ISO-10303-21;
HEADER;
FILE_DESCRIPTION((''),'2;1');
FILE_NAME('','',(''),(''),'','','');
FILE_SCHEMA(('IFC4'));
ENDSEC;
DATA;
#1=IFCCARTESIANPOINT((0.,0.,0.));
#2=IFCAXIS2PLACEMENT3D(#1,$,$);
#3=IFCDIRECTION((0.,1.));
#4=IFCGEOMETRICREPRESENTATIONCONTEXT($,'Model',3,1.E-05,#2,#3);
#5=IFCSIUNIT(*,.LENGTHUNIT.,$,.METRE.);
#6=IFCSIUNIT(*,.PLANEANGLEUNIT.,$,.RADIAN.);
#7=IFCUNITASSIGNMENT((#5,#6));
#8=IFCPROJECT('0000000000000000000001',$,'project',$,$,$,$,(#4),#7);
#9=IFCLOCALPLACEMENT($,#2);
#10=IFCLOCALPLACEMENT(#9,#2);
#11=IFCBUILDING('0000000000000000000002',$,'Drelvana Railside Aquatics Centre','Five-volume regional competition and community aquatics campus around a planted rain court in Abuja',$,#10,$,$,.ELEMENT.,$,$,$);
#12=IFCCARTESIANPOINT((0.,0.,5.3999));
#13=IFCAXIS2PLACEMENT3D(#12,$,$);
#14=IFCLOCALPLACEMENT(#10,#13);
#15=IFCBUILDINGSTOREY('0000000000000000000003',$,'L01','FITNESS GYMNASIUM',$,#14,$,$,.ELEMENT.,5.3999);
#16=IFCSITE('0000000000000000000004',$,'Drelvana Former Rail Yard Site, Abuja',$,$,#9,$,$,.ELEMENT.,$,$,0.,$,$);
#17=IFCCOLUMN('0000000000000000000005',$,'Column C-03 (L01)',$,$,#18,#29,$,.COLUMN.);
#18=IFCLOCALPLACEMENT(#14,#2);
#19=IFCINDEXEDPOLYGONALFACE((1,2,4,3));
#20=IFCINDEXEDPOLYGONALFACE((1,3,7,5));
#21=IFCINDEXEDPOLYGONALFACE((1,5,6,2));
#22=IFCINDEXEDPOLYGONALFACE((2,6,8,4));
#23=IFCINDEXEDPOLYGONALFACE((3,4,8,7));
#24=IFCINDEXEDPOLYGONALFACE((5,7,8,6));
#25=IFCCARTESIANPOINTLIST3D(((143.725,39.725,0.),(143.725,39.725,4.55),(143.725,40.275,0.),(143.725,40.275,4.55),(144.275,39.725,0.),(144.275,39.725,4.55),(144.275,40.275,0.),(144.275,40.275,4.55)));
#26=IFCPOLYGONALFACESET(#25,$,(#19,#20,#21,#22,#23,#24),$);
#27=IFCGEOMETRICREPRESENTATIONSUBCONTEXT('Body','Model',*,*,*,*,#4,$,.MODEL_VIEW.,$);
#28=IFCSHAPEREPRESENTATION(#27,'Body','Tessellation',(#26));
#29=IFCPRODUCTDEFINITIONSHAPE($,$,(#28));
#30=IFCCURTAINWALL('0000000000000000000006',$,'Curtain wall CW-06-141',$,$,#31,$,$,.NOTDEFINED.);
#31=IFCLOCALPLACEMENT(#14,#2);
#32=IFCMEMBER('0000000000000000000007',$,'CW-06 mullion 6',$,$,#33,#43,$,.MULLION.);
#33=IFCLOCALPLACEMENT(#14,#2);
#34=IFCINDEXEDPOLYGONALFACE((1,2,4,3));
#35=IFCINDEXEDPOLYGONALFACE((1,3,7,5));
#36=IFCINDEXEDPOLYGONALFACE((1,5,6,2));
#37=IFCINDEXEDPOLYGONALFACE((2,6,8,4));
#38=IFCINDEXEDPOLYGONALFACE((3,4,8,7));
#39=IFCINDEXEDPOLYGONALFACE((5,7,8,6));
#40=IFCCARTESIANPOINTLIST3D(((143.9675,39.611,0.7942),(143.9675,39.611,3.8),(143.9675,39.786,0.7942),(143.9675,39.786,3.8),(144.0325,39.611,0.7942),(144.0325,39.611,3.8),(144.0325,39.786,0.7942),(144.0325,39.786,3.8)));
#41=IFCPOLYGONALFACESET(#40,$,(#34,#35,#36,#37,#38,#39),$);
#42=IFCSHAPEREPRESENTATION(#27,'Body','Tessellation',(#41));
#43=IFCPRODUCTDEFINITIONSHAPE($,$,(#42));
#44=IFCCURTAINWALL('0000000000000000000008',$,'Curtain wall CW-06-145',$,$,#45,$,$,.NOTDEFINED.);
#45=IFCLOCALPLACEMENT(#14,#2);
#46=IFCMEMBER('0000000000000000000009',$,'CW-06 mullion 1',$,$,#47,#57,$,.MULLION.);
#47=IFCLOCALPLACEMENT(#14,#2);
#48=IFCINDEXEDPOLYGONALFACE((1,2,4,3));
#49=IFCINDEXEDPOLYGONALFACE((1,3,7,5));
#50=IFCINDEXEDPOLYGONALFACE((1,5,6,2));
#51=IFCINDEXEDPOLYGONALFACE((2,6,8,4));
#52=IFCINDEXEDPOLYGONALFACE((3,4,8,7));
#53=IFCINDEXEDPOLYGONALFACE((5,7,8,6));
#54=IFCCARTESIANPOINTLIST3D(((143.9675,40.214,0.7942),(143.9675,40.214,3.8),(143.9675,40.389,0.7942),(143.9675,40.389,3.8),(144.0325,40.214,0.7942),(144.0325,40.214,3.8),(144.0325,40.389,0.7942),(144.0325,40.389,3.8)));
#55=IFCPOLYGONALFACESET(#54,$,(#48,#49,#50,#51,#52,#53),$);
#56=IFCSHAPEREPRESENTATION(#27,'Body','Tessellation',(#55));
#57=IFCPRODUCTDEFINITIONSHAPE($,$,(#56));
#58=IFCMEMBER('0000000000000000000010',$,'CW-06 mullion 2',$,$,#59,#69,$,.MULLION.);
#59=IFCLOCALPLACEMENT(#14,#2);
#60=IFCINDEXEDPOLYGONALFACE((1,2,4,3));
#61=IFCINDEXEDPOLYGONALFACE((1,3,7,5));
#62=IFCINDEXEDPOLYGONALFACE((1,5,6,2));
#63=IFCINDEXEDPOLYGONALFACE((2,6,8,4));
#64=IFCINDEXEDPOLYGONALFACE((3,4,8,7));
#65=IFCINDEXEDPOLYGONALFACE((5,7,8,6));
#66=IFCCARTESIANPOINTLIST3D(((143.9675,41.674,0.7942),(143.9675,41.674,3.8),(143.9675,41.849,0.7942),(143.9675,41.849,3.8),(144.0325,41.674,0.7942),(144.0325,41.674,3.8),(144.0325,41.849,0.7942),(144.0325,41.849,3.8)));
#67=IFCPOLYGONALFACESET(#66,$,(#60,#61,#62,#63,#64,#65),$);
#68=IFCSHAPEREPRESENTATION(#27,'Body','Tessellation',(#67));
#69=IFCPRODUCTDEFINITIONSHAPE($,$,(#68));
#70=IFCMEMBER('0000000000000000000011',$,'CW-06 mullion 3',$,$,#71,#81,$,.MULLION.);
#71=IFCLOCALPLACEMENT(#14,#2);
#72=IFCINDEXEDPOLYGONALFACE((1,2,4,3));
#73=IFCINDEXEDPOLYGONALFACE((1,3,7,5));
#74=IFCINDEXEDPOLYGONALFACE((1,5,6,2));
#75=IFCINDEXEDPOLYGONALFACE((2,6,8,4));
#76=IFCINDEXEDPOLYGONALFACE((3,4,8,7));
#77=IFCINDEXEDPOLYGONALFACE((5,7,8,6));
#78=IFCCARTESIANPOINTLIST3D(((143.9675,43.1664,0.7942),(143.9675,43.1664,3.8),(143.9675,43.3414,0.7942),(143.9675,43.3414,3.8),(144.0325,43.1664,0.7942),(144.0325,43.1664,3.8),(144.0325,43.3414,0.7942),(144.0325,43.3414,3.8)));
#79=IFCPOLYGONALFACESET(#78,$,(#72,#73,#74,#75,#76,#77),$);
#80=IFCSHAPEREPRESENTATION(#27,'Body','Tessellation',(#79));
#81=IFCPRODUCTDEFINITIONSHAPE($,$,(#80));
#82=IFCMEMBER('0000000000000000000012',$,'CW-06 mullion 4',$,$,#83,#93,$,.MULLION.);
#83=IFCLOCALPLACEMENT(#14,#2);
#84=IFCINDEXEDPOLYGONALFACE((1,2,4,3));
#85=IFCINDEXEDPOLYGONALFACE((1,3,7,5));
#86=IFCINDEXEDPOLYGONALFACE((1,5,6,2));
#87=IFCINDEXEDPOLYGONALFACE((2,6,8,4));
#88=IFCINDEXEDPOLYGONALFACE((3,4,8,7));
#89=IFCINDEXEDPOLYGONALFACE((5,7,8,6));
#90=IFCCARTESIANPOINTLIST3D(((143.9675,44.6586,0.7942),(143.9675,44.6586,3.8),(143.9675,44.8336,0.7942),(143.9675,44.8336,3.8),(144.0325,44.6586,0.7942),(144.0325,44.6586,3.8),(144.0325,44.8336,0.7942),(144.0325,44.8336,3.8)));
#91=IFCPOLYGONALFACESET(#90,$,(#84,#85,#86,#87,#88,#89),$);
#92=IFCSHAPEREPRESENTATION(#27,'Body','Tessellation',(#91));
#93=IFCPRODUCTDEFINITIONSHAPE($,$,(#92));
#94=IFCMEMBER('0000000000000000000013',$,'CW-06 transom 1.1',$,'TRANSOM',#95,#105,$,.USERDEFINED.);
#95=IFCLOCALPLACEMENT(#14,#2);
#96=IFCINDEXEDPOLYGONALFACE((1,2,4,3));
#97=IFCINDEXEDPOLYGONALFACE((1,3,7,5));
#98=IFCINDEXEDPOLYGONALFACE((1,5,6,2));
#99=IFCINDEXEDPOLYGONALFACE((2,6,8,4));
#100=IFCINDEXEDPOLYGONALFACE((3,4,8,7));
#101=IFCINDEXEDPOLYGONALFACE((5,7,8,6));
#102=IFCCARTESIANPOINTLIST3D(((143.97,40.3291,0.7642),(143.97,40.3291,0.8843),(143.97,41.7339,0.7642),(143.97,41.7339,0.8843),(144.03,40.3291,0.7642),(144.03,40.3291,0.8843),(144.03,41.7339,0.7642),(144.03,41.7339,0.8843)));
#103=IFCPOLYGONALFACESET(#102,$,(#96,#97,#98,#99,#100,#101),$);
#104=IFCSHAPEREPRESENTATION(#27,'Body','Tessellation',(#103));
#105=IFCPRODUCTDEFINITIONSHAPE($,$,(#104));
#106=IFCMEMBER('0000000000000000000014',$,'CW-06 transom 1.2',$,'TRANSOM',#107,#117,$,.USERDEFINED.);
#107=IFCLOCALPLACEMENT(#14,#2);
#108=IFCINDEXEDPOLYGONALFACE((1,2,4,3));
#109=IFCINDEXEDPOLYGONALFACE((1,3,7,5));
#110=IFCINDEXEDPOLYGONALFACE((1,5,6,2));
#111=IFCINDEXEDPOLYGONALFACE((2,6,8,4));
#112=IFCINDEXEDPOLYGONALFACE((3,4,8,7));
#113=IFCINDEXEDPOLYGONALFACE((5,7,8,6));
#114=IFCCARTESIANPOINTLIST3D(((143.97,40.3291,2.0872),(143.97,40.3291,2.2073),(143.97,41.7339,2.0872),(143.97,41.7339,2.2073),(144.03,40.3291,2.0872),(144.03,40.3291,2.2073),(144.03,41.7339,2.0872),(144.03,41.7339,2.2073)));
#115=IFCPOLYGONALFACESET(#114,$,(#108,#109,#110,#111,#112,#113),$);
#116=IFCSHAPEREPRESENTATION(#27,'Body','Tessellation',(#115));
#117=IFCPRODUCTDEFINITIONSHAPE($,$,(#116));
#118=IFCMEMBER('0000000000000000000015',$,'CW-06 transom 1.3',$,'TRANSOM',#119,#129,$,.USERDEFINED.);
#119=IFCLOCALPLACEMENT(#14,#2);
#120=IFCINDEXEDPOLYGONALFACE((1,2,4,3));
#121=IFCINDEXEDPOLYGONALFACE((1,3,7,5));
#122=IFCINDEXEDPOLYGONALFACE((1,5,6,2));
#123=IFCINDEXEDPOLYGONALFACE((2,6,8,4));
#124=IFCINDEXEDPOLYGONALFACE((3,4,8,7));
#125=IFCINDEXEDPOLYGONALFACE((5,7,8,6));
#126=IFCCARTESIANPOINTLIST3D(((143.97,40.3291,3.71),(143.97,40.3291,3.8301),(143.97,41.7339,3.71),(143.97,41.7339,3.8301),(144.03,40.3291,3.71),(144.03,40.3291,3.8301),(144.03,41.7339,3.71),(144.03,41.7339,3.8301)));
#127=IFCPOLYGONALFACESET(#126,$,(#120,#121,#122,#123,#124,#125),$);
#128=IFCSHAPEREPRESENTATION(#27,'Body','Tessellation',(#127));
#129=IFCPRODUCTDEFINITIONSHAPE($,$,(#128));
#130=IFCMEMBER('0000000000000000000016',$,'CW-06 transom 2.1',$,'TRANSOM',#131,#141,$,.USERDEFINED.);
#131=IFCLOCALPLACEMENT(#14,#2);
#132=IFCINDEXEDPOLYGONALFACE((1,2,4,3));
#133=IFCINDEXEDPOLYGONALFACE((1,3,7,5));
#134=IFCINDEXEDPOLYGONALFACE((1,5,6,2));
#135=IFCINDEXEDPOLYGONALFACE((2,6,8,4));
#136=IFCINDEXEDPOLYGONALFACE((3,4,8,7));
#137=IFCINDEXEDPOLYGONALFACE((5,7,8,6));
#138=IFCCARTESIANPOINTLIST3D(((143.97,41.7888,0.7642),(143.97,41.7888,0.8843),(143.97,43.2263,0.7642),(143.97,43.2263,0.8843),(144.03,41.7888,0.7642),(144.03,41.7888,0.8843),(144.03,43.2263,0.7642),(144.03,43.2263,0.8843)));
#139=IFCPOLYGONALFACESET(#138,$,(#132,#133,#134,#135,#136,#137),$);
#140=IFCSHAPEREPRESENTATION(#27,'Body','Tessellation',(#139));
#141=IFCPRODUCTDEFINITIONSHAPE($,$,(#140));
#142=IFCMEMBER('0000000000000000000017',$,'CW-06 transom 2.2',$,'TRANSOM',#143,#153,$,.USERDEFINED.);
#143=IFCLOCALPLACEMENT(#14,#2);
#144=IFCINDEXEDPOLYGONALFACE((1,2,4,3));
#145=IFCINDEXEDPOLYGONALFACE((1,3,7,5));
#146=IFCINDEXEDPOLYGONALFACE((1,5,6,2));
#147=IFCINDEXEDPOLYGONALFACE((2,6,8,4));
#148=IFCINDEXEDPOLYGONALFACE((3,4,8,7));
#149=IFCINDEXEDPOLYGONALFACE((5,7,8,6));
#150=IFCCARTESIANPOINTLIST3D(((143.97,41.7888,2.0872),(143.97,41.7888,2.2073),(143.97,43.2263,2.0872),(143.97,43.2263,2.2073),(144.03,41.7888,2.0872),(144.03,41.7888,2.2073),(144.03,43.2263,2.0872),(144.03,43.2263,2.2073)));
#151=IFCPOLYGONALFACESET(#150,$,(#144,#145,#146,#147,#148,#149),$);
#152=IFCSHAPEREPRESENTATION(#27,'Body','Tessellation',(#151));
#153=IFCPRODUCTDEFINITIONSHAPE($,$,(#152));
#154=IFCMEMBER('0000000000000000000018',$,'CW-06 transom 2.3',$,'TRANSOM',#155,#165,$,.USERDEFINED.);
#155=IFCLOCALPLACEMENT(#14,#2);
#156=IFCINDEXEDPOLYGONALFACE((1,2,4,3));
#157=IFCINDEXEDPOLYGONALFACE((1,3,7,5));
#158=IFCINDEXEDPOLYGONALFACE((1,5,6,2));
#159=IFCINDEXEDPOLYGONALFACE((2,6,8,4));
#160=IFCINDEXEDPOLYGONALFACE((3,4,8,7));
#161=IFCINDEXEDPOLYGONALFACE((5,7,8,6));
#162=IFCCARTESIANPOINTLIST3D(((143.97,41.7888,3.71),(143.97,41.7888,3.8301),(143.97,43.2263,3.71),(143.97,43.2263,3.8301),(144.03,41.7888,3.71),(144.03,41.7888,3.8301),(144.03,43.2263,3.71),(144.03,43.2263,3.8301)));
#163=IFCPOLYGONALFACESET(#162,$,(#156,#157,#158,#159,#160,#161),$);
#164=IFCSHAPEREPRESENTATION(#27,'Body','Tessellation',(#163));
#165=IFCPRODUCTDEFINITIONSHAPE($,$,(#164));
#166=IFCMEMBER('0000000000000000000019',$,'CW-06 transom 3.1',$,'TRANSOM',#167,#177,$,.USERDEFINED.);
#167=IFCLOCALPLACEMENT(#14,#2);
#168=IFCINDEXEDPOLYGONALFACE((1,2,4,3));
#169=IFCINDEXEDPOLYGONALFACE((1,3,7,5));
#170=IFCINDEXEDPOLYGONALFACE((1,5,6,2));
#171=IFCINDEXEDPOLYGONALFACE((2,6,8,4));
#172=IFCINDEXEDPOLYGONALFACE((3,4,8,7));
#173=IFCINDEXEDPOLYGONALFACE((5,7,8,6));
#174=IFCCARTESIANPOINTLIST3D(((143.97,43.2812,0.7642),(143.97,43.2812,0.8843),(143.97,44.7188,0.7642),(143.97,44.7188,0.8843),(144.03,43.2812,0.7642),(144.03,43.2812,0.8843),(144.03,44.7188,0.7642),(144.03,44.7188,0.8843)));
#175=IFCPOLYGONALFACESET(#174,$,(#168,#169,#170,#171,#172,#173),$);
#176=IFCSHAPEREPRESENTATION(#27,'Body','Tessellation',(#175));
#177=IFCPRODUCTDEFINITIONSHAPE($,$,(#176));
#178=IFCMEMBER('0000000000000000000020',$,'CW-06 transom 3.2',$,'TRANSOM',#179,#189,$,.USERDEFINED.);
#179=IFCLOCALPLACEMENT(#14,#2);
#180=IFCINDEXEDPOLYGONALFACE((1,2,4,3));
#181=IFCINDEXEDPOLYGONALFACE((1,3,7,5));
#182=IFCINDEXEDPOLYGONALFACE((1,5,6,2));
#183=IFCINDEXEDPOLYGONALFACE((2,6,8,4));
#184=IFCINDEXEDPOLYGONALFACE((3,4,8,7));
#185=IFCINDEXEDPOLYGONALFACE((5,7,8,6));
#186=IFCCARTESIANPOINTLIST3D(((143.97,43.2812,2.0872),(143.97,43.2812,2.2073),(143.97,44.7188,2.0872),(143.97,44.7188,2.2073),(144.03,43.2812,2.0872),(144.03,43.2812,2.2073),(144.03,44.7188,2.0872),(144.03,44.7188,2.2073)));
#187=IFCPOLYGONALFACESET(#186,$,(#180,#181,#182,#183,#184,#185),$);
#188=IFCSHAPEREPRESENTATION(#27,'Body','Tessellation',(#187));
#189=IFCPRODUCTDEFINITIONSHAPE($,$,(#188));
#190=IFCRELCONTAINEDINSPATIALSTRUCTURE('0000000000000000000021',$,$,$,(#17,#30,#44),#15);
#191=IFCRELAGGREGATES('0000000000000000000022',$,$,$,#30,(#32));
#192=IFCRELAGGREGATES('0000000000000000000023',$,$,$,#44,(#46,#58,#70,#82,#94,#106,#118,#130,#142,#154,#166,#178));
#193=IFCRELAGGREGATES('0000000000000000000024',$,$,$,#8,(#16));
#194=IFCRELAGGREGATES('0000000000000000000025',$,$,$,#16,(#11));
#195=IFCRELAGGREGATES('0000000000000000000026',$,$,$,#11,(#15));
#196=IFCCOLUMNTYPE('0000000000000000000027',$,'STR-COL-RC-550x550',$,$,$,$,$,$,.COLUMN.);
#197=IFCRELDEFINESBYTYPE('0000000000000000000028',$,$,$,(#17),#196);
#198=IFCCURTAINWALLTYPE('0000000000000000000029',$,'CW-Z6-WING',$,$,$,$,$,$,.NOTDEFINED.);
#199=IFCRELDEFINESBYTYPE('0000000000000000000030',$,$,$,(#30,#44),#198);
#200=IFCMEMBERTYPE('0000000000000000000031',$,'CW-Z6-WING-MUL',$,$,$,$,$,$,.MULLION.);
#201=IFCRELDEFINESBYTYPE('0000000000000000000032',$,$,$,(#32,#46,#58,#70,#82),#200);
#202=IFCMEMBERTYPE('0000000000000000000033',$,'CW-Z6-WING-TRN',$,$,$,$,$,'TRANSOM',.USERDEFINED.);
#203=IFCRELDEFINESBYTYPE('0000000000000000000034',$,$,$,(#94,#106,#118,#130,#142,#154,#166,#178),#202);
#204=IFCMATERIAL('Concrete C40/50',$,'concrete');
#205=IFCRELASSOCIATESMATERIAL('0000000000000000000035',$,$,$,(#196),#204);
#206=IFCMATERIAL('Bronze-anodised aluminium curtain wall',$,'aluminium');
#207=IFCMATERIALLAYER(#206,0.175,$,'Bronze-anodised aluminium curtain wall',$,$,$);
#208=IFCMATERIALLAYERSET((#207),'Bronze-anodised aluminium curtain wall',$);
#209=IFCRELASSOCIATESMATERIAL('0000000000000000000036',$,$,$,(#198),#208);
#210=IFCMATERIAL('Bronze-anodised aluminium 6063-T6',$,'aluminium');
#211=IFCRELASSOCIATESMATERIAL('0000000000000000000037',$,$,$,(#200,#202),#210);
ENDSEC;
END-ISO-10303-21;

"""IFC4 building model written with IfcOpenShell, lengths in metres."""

from ifc_helpers import new_model, si_unit, direction, frame, origin, origin_2d, place, context, subcontext, project, spatial, rectangle, extrude, material, layer, layer_set, material_profile, profile_set, type_object, element, aggregate, save


model = new_model("IFC4")

# Units and contexts
model_context = context("Model", 3, precision=1e-05, world=origin(), true_north=direction((0.0, 1.0)))
body_context = subcontext(model_context, "Body", "Model", "MODEL_VIEW")
ifc_project = project(units=[si_unit("LENGTHUNIT", "METRE"), si_unit("PLANEANGLEUNIT", "RADIAN")], contexts=[model_context])

# Site, building, storey
site_placement = place(None, origin())
site = spatial("IfcSite", under=ifc_project, at=site_placement, Name="Drelvana Former Rail Yard Site, Abuja", CompositionType="ELEMENT", RefElevation=0.0)
building_placement = place(site_placement, origin())
building = spatial("IfcBuilding", under=site, at=building_placement, Name="Drelvana Railside Aquatics Centre", Description="Five-volume regional competition and community aquatics campus around a planted rain court in Abuja", CompositionType="ELEMENT")
storey_placement = place(building_placement, frame((0.0, 0.0, 5.3999)))
storey = spatial("IfcBuildingStorey", under=building, at=storey_placement, Name="L01", Description="FITNESS GYMNASIUM", CompositionType="ELEMENT", Elevation=5.3999)

# Column
ifc_material_1 = material(Name="Concrete C40/50", Category="concrete")
ifc_material_profile_1 = material_profile(ifc_material_1, rectangle(XDim=0.55, YDim=0.55, at=origin_2d()), Name="RC 550x550")
ifc_profile_set_1 = profile_set([ifc_material_profile_1], Name="Concrete C40/50")
column_type = type_object("IfcColumnType", Name="STR-COL-RC-550x550", PredefinedType="COLUMN", material=ifc_profile_set_1)
column_placement = place(storey_placement, frame((144.0, 40.0, 0.0), z_axis=(0.0, 0.0, 1.0), x_axis=(1.0, 0.0, 0.0)))
element("IfcColumn", 1, at=column_placement, inside=storey, type_object=column_type, Name="Column C-03 (L01)", PredefinedType="COLUMN", context=body_context, shape_type="SweptSolid", body=[
    extrude(rectangle(XDim=0.55, YDim=0.55, at=origin_2d()), origin(), (0.0, 0.0, 1.0), 4.55),
])

# Curtain wall, member
ifc_material_2 = material(Name="Bronze-anodised aluminium curtain wall", Category="aluminium")
ifc_layer_1 = layer(ifc_material_2, 0.175, Name="Bronze-anodised aluminium curtain wall")
ifc_layer_set_1 = layer_set([ifc_layer_1], Name="Bronze-anodised aluminium curtain wall")
curtain_wall_type = type_object("IfcCurtainWallType", Name="CW-Z6-WING", PredefinedType="NOTDEFINED", material=ifc_layer_set_1)
curtain_wall_1_placement = place(storey_placement, origin())
curtain_wall_1 = element("IfcCurtainWall", 2, at=curtain_wall_1_placement, inside=storey, type_object=curtain_wall_type, Name="Curtain wall CW-06-141", PredefinedType="NOTDEFINED")
ifc_material_3 = material(Name="Bronze-anodised aluminium 6063-T6", Category="aluminium")
ifc_material_profile_2 = material_profile(ifc_material_3, rectangle(XDim=0.0649, YDim=0.175, at=origin_2d()), Name="ALU-M 65x175")
ifc_profile_set_2 = profile_set([ifc_material_profile_2], Name="Bronze-anodised aluminium 6063-T6")
member_type_1 = type_object("IfcMemberType", Name="CW-Z6-WING-MUL", PredefinedType="MULLION", material=ifc_profile_set_2)
member_1_placement = place(storey_placement, frame((144.0, 39.6985, 0.7942), z_axis=(0.0, 0.0, 1.0), x_axis=(-1.0, 0.0, 0.0)))
member_1 = element("IfcMember", 3, at=member_1_placement, type_object=member_type_1, Name="CW-06 mullion 6", PredefinedType="MULLION", context=body_context, shape_type="SweptSolid", body=[
    extrude(rectangle(XDim=0.0649, YDim=0.175, at=origin_2d()), origin(), (0.0, 0.0, 1.0), 3.0059),
])
aggregate(curtain_wall_1, [member_1])

# Curtain wall, members
curtain_wall_2_placement = place(storey_placement, origin())
curtain_wall_2 = element("IfcCurtainWall", 4, at=curtain_wall_2_placement, inside=storey, type_object=curtain_wall_type, Name="Curtain wall CW-06-145", PredefinedType="NOTDEFINED")
member_2_placement = place(storey_placement, frame((144.0, 40.3015, 0.7942), z_axis=(0.0, 0.0, 1.0), x_axis=(-1.0, 0.0, 0.0)))
member_2 = element("IfcMember", 5, at=member_2_placement, type_object=member_type_1, Name="CW-06 mullion 1", PredefinedType="MULLION", context=body_context, shape_type="SweptSolid", body=[
    extrude(rectangle(XDim=0.0649, YDim=0.175, at=origin_2d()), origin(), (0.0, 0.0, 1.0), 3.0059),
])
member_3_placement = place(storey_placement, frame((144.0, 41.7615, 0.7942), z_axis=(0.0, 0.0, 1.0), x_axis=(-1.0, 0.0, 0.0)))
member_3 = element("IfcMember", 6, at=member_3_placement, type_object=member_type_1, Name="CW-06 mullion 2", PredefinedType="MULLION", context=body_context, shape_type="SweptSolid", body=[
    extrude(rectangle(XDim=0.0649, YDim=0.175, at=origin_2d()), origin(), (0.0, 0.0, 1.0), 3.0059),
])
member_4_placement = place(storey_placement, frame((144.0, 43.2539, 0.7942), z_axis=(0.0, 0.0, 1.0), x_axis=(-1.0, 0.0, 0.0)))
member_4 = element("IfcMember", 7, at=member_4_placement, type_object=member_type_1, Name="CW-06 mullion 3", PredefinedType="MULLION", context=body_context, shape_type="SweptSolid", body=[
    extrude(rectangle(XDim=0.0649, YDim=0.175, at=origin_2d()), origin(), (0.0, 0.0, 1.0), 3.0059),
])
member_5_placement = place(storey_placement, frame((144.0, 44.7461, 0.7942), z_axis=(0.0, 0.0, 1.0), x_axis=(-1.0, 0.0, 0.0)))
member_5 = element("IfcMember", 8, at=member_5_placement, type_object=member_type_1, Name="CW-06 mullion 4", PredefinedType="MULLION", context=body_context, shape_type="SweptSolid", body=[
    extrude(rectangle(XDim=0.0649, YDim=0.175, at=origin_2d()), origin(), (0.0, 0.0, 1.0), 3.0059),
])
ifc_material_profile_3 = material_profile(ifc_material_3, rectangle(XDim=0.1201, YDim=0.0601, at=origin_2d()), Name="ALU-T 60x120")
ifc_profile_set_3 = profile_set([ifc_material_profile_3], Name="Bronze-anodised aluminium 6063-T6")
member_type_2 = type_object("IfcMemberType", Name="CW-Z6-WING-TRN", ElementType="TRANSOM", PredefinedType="USERDEFINED", material=ifc_profile_set_3)
member_6_placement = place(storey_placement, frame((144.0, 40.3291, 0.8242), z_axis=(0.0, 1.0, 0.0), x_axis=(0.0, 0.0, 1.0)))
member_6 = element("IfcMember", 9, at=member_6_placement, type_object=member_type_2, Name="CW-06 transom 1.1", ObjectType="TRANSOM", PredefinedType="USERDEFINED", context=body_context, shape_type="SweptSolid", body=[
    extrude(rectangle(XDim=0.1201, YDim=0.0601, at=origin_2d()), origin(), (0.0, 0.0, 1.0), 1.4048),
])
member_7_placement = place(storey_placement, frame((144.0, 40.3291, 2.1472), z_axis=(0.0, 1.0, 0.0), x_axis=(0.0, 0.0, 1.0)))
member_7 = element("IfcMember", 10, at=member_7_placement, type_object=member_type_2, Name="CW-06 transom 1.2", ObjectType="TRANSOM", PredefinedType="USERDEFINED", context=body_context, shape_type="SweptSolid", body=[
    extrude(rectangle(XDim=0.1201, YDim=0.0601, at=origin_2d()), origin(), (0.0, 0.0, 1.0), 1.4048),
])
member_8_placement = place(storey_placement, frame((144.0, 40.3291, 3.77), z_axis=(0.0, 1.0, 0.0), x_axis=(0.0, 0.0, 1.0)))
member_8 = element("IfcMember", 11, at=member_8_placement, type_object=member_type_2, Name="CW-06 transom 1.3", ObjectType="TRANSOM", PredefinedType="USERDEFINED", context=body_context, shape_type="SweptSolid", body=[
    extrude(rectangle(XDim=0.1201, YDim=0.0601, at=origin_2d()), origin(), (0.0, 0.0, 1.0), 1.4048),
])
member_9_placement = place(storey_placement, frame((144.0, 41.7888, 0.8242), z_axis=(0.0, 1.0, 0.0), x_axis=(0.0, 0.0, 1.0)))
member_9 = element("IfcMember", 12, at=member_9_placement, type_object=member_type_2, Name="CW-06 transom 2.1", ObjectType="TRANSOM", PredefinedType="USERDEFINED", context=body_context, shape_type="SweptSolid", body=[
    extrude(rectangle(XDim=0.1201, YDim=0.0601, at=origin_2d()), origin(), (0.0, 0.0, 1.0), 1.4375),
])
member_10_placement = place(storey_placement, frame((144.0, 41.7888, 2.1472), z_axis=(0.0, 1.0, 0.0), x_axis=(0.0, 0.0, 1.0)))
member_10 = element("IfcMember", 13, at=member_10_placement, type_object=member_type_2, Name="CW-06 transom 2.2", ObjectType="TRANSOM", PredefinedType="USERDEFINED", context=body_context, shape_type="SweptSolid", body=[
    extrude(rectangle(XDim=0.1201, YDim=0.0601, at=origin_2d()), origin(), (0.0, 0.0, 1.0), 1.4375),
])
member_11_placement = place(storey_placement, frame((144.0, 41.7888, 3.77), z_axis=(0.0, 1.0, 0.0), x_axis=(0.0, 0.0, 1.0)))
member_11 = element("IfcMember", 14, at=member_11_placement, type_object=member_type_2, Name="CW-06 transom 2.3", ObjectType="TRANSOM", PredefinedType="USERDEFINED", context=body_context, shape_type="SweptSolid", body=[
    extrude(rectangle(XDim=0.1201, YDim=0.0601, at=origin_2d()), origin(), (0.0, 0.0, 1.0), 1.4375),
])
member_12_placement = place(storey_placement, frame((144.0, 43.2812, 0.8242), z_axis=(0.0, 1.0, 0.0), x_axis=(0.0, 0.0, 1.0)))
member_12 = element("IfcMember", 15, at=member_12_placement, type_object=member_type_2, Name="CW-06 transom 3.1", ObjectType="TRANSOM", PredefinedType="USERDEFINED", context=body_context, shape_type="SweptSolid", body=[
    extrude(rectangle(XDim=0.1201, YDim=0.0601, at=origin_2d()), origin(), (0.0, 0.0, 1.0), 1.4375),
])
member_13_placement = place(storey_placement, frame((144.0, 43.2812, 2.1472), z_axis=(0.0, 1.0, 0.0), x_axis=(0.0, 0.0, 1.0)))
member_13 = element("IfcMember", 16, at=member_13_placement, type_object=member_type_2, Name="CW-06 transom 3.2", ObjectType="TRANSOM", PredefinedType="USERDEFINED", context=body_context, shape_type="SweptSolid", body=[
    extrude(rectangle(XDim=0.1201, YDim=0.0601, at=origin_2d()), origin(), (0.0, 0.0, 1.0), 1.4375),
])

aggregate(curtain_wall_2, [member_2, member_3, member_4, member_5, member_6, member_7, member_8, member_9, member_10, member_11, member_12, member_13])

save(model, "model.ifc")
